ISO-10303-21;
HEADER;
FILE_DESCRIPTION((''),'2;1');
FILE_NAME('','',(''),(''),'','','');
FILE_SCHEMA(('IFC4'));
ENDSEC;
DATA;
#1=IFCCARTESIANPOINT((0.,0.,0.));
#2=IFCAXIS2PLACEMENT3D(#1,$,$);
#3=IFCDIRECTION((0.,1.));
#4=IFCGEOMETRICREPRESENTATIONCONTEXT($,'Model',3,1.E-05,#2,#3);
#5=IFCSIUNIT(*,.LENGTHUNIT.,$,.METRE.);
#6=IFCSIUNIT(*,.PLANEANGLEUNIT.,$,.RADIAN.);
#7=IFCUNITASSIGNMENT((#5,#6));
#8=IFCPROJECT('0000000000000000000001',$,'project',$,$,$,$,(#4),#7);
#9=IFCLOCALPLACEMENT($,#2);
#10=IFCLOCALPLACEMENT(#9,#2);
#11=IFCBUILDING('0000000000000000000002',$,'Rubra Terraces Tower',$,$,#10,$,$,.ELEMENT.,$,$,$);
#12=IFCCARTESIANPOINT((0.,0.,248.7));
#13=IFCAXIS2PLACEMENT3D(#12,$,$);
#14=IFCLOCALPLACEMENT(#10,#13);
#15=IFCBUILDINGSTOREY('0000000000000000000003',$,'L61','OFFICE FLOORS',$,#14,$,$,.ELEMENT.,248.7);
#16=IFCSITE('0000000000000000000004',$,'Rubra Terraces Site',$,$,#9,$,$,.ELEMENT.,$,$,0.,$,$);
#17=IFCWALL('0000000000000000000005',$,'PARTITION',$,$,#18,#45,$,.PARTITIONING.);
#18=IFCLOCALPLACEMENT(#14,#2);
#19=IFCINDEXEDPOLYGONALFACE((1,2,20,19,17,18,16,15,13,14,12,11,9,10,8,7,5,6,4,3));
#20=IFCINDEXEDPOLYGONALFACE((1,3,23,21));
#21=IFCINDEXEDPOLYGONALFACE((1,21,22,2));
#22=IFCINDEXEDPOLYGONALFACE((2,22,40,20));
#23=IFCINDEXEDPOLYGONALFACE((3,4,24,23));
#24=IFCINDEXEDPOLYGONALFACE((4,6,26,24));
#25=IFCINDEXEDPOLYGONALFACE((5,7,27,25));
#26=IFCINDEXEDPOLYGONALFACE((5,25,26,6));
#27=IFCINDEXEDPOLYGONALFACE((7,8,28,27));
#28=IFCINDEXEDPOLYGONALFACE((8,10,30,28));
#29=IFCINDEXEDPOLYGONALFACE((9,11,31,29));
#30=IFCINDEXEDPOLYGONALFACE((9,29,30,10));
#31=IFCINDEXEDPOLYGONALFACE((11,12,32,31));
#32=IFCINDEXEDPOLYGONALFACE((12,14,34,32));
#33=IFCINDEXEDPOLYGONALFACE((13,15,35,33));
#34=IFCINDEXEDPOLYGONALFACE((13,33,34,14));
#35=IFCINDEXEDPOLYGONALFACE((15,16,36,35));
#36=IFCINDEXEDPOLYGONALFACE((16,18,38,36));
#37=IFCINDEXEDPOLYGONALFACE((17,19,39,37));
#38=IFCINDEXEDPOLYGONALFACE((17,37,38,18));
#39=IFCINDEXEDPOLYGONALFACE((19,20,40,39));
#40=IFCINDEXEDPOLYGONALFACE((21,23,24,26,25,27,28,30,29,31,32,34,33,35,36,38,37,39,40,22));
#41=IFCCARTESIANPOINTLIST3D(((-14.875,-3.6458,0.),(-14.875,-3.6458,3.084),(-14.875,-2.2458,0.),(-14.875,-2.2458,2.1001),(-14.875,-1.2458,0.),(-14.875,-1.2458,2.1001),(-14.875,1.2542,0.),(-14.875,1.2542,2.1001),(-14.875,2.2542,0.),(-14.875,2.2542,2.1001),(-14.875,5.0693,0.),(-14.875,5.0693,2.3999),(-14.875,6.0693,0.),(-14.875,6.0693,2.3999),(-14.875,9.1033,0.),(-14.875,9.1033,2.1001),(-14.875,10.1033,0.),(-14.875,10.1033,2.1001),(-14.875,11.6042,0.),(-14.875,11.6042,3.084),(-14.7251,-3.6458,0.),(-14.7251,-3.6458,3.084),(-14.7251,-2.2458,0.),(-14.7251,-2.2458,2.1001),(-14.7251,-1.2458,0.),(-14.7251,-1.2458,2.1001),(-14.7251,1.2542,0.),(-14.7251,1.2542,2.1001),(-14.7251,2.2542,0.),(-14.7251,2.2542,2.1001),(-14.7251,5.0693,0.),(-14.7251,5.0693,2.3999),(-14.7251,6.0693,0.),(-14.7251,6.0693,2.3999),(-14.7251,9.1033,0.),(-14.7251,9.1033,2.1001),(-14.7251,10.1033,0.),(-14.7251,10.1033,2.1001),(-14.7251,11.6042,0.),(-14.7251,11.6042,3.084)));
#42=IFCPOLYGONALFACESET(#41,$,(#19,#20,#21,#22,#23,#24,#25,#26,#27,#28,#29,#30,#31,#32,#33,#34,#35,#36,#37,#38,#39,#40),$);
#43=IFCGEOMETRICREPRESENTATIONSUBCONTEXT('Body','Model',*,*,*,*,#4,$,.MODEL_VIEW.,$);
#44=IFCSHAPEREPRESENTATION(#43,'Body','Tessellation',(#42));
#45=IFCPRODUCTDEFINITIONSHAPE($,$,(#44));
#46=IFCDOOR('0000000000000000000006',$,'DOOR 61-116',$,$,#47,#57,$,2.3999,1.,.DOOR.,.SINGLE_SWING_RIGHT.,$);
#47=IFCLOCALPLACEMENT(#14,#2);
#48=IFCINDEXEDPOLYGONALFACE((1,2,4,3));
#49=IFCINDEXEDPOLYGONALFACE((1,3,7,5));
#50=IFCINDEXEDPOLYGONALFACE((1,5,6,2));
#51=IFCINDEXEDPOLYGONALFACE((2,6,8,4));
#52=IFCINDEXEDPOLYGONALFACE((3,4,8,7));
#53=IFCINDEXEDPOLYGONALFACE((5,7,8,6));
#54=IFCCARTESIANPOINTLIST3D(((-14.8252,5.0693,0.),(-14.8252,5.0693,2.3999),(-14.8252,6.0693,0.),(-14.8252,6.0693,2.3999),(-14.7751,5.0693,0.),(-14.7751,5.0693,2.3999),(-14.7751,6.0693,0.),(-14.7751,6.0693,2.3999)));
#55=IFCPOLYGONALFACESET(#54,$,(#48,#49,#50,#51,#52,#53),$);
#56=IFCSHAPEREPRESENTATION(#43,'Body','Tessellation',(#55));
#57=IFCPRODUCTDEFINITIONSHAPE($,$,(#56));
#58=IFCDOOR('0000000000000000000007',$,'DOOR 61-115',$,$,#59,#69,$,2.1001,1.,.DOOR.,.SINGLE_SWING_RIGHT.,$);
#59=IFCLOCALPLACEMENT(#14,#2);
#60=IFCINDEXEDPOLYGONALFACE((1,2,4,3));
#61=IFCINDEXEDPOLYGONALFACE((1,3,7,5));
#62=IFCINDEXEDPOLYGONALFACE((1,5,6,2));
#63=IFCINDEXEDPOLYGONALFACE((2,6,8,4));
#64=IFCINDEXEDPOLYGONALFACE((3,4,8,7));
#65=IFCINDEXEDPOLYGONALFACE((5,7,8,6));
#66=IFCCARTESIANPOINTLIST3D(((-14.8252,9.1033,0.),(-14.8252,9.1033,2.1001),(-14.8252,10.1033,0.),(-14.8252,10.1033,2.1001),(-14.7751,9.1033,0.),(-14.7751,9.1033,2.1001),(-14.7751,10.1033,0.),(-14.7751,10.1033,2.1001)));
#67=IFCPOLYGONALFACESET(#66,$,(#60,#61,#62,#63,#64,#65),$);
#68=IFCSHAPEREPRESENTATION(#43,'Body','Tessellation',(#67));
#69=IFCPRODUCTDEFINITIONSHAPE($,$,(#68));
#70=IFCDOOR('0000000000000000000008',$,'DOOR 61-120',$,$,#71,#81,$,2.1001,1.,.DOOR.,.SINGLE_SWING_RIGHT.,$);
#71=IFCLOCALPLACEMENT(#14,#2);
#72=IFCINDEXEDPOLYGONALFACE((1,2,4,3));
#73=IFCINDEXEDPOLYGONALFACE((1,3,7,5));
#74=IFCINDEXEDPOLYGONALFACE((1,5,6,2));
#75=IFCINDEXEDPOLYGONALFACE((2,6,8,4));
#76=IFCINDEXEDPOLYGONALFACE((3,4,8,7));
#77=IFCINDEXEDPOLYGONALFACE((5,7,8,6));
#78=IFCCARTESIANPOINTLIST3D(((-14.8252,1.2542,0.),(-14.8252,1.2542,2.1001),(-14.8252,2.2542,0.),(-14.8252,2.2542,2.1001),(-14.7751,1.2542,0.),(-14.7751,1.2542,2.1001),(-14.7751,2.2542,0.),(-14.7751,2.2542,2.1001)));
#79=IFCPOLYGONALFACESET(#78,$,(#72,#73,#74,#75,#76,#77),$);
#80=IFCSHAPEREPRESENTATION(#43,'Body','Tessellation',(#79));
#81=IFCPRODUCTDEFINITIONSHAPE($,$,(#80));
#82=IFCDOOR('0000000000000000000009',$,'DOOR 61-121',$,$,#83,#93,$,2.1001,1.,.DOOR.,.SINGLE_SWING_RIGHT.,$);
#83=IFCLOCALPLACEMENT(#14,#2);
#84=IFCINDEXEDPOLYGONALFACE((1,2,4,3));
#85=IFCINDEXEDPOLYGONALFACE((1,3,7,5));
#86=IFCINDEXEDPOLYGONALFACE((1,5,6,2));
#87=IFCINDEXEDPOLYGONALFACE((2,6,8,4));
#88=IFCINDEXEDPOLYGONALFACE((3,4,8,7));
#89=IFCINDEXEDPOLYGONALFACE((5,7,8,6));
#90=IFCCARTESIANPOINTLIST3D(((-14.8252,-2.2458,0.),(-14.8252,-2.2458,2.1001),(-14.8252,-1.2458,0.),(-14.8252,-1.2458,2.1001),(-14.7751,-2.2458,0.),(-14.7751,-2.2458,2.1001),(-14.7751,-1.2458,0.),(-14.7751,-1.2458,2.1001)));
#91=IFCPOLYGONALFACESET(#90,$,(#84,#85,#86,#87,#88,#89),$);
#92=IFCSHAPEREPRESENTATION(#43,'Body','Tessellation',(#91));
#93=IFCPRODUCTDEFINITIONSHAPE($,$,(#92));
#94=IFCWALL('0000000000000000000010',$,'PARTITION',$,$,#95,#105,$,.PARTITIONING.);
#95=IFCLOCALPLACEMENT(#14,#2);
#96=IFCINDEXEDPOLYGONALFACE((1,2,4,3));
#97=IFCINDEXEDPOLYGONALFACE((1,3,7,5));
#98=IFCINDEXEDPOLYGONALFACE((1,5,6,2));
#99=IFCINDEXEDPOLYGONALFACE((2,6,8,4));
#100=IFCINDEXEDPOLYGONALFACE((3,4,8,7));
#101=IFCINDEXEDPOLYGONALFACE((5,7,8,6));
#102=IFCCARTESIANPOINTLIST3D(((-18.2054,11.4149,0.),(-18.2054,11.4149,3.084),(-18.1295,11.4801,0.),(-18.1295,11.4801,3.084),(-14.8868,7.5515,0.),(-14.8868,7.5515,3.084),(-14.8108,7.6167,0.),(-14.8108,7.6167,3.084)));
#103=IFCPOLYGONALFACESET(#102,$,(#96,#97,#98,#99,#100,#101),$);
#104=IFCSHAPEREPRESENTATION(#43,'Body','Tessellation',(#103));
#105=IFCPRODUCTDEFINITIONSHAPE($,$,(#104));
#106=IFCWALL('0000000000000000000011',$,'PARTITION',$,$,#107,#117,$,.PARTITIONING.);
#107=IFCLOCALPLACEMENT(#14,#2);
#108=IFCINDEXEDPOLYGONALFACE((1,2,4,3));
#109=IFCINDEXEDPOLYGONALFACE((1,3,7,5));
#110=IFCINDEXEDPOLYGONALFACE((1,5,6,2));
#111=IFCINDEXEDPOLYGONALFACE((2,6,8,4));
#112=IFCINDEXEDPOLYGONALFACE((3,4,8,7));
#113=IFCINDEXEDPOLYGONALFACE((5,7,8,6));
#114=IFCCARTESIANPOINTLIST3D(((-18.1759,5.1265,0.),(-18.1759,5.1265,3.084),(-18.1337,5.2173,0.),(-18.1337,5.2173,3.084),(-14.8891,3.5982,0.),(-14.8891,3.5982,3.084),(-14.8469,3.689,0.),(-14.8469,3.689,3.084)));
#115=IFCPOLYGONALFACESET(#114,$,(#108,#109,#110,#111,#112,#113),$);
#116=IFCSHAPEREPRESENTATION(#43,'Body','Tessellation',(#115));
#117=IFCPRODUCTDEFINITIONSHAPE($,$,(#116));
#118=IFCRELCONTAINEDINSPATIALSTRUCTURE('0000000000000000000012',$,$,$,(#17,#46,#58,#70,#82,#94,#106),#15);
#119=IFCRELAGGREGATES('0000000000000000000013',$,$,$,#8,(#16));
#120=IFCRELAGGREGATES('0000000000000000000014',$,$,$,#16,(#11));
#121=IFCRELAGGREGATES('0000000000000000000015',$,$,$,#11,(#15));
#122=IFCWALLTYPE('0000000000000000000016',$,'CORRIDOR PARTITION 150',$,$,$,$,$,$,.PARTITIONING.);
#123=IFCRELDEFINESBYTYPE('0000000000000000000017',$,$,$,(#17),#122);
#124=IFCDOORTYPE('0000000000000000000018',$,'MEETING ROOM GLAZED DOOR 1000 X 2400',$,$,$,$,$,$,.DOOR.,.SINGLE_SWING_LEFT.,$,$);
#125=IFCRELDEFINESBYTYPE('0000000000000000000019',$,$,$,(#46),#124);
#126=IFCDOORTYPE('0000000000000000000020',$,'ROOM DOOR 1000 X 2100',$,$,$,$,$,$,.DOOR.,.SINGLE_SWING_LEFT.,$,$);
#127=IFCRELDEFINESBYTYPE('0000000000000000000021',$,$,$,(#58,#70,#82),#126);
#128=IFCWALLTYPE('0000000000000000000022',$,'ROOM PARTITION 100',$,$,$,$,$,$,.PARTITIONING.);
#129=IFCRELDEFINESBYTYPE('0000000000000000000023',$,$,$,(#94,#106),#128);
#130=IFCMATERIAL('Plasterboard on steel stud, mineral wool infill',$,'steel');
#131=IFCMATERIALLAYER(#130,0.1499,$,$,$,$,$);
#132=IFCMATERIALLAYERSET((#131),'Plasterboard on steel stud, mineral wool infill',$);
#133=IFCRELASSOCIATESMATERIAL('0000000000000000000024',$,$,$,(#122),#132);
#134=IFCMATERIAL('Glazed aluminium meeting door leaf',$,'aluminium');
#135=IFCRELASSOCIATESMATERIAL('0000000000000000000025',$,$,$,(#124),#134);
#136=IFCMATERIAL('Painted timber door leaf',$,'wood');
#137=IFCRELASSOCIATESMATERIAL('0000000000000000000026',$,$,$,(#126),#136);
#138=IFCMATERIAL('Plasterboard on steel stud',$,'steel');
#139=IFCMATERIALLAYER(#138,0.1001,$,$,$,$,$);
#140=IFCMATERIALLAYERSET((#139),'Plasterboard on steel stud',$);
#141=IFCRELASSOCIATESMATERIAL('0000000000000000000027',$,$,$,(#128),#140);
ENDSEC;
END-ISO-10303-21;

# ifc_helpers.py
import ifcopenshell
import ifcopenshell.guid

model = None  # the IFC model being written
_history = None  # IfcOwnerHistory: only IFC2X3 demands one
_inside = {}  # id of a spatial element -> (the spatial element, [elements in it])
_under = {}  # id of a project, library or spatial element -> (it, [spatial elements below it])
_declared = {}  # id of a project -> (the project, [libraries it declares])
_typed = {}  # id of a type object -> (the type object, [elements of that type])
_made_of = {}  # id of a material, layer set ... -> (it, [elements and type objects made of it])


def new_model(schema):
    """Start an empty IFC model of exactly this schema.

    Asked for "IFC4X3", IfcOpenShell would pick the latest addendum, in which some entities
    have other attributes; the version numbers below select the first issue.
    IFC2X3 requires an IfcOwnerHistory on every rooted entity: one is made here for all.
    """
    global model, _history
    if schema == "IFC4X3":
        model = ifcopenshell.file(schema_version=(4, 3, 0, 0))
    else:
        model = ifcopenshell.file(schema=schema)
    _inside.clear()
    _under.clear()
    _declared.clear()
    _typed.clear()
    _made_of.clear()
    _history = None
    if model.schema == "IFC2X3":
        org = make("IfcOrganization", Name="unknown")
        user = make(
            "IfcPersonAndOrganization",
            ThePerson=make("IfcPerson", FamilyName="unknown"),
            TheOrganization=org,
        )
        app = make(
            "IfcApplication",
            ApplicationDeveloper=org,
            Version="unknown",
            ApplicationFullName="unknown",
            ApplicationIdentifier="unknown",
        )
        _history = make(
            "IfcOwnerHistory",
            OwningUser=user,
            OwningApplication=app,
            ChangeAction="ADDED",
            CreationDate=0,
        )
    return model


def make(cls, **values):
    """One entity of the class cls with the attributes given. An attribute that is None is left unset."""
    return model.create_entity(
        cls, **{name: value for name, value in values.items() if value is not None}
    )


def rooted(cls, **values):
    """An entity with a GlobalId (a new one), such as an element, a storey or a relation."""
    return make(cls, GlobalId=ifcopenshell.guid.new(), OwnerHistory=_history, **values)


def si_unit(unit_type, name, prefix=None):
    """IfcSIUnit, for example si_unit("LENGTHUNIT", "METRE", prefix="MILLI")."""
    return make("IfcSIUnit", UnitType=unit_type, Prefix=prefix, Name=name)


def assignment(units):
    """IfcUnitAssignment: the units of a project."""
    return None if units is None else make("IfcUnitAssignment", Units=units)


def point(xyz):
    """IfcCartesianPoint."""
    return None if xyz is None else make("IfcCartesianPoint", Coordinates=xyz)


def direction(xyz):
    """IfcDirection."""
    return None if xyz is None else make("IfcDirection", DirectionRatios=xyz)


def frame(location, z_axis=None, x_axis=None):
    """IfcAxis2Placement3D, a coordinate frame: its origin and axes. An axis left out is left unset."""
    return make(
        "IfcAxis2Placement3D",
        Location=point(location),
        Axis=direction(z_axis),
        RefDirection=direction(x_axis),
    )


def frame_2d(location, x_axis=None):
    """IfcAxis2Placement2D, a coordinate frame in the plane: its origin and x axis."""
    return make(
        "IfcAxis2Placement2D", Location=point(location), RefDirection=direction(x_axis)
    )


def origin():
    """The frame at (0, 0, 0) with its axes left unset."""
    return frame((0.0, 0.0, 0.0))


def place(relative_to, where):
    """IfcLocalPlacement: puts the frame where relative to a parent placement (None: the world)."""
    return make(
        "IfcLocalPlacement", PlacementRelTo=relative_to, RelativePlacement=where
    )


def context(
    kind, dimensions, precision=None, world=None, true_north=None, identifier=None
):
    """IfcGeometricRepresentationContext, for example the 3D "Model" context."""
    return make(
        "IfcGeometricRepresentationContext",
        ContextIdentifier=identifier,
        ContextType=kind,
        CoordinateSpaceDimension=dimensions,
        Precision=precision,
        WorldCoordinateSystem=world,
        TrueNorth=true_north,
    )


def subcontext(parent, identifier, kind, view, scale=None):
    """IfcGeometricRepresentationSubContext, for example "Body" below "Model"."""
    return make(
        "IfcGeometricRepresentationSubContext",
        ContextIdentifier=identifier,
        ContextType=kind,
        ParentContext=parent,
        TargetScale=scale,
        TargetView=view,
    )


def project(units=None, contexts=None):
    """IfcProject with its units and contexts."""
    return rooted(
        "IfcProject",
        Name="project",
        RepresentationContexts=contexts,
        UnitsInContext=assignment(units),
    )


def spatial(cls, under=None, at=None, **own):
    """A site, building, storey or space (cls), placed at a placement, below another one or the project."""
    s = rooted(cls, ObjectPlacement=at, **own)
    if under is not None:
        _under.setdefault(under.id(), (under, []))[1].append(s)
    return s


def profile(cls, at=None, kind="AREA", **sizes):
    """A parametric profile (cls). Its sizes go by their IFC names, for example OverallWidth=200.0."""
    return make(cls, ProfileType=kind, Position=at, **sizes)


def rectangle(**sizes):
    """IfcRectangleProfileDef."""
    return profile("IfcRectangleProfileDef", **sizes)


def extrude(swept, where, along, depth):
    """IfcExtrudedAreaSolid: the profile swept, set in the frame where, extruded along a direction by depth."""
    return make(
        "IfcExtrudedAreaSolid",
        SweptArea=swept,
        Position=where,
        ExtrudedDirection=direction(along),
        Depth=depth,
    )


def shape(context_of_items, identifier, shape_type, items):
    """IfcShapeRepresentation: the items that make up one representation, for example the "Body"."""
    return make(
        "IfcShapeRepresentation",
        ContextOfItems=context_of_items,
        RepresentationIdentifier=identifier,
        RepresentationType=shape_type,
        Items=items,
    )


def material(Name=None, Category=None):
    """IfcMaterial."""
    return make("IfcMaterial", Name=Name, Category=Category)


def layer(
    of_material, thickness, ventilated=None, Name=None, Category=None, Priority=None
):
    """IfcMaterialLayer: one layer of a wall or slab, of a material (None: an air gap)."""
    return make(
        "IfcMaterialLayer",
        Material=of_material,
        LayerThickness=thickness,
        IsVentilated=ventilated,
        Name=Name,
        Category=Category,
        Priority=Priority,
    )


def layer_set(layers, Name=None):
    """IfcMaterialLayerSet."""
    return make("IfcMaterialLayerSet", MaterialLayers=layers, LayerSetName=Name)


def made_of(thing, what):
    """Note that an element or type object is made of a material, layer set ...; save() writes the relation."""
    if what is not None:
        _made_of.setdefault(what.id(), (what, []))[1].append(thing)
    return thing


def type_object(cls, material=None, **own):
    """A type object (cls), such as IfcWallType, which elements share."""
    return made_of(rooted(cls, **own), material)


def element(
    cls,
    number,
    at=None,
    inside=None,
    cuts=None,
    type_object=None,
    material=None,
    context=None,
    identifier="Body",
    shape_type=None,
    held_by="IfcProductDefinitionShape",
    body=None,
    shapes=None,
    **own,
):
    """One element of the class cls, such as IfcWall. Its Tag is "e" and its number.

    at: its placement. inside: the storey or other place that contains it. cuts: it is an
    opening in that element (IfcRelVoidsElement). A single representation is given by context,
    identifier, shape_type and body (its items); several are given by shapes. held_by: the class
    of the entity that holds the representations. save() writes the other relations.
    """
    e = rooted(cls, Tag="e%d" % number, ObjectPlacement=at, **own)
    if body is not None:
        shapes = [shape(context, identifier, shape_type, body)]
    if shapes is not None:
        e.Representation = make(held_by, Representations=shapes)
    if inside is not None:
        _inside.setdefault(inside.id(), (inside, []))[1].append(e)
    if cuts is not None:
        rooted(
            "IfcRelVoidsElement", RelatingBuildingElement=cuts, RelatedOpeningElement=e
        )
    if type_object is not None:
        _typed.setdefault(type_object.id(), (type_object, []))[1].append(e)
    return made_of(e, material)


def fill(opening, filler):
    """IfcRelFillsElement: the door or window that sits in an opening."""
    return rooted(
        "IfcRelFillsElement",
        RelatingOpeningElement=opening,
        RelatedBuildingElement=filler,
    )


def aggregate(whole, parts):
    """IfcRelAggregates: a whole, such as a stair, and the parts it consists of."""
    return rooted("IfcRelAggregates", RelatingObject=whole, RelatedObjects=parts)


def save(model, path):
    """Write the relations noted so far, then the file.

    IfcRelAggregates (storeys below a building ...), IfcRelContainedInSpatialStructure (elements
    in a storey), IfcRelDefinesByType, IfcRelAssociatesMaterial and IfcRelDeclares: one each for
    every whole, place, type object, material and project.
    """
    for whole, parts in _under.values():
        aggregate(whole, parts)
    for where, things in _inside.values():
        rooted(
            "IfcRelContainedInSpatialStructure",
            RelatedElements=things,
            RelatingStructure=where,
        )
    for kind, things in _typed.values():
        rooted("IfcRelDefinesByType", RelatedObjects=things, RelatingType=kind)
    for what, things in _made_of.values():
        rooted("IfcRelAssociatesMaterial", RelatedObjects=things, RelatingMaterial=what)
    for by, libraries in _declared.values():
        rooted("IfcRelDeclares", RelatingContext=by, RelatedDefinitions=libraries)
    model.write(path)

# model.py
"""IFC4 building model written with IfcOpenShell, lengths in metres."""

from ifc_helpers import new_model, si_unit, direction, frame, frame_2d, origin, place, context, subcontext, project, spatial, rectangle, extrude, material, layer, layer_set, type_object, element, fill, save


model = new_model("IFC4")

# Units and contexts
model_context = context("Model", 3, precision=1e-05, world=origin(), true_north=direction((0.0, 1.0)))
body_context = subcontext(model_context, "Body", "Model", "MODEL_VIEW")
ifc_project = project(units=[si_unit("LENGTHUNIT", "METRE"), si_unit("PLANEANGLEUNIT", "RADIAN")], contexts=[model_context])

# Site, building, storey
site_placement = place(None, origin())
site = spatial("IfcSite", under=ifc_project, at=site_placement, Name="Rubra Terraces Site", CompositionType="ELEMENT", RefElevation=0.0)
building_placement = place(site_placement, origin())
building = spatial("IfcBuilding", under=site, at=building_placement, Name="Rubra Terraces Tower", CompositionType="ELEMENT")
storey_placement = place(building_placement, frame((0.0, 0.0, 248.7)))
storey = spatial("IfcBuildingStorey", under=building, at=storey_placement, Name="L61", Description="OFFICE FLOORS", CompositionType="ELEMENT", Elevation=248.7)

# Wall, openings, doors
ifc_material_1 = material(Name="Plasterboard on steel stud, mineral wool infill", Category="steel")
ifc_layer_1 = layer(ifc_material_1, 0.1499)
ifc_layer_set_1 = layer_set([ifc_layer_1], Name="Plasterboard on steel stud, mineral wool infill")
wall_type_1 = type_object("IfcWallType", Name="CORRIDOR PARTITION 150", PredefinedType="PARTITIONING", material=ifc_layer_set_1)
wall_1_placement = place(storey_placement, frame((-14.8, 11.6042, 0.0), z_axis=(0.0, 0.0, 1.0), x_axis=(0.0, -1.0, 0.0)))
wall_1 = element("IfcWall", 1, at=wall_1_placement, inside=storey, type_object=wall_type_1, Name="PARTITION", PredefinedType="PARTITIONING", context=body_context, shape_type="SweptSolid", body=[
    extrude(rectangle(XDim=15.25, YDim=0.1499, at=frame_2d((7.625, 0.0))), origin(), (0.0, 0.0, 1.0), 3.084),
])
opening_1_placement = place(wall_1_placement, frame((1.501, 0.0, 0.0)))
opening_1 = element("IfcOpeningElement", 2, at=opening_1_placement, cuts=wall_1, PredefinedType="OPENING", context=body_context, shape_type="SweptSolid", body=[
    extrude(rectangle(XDim=1.0, YDim=2.1001, at=frame_2d((0.5, 1.05))), frame((0.0, 0.085, 0.0), z_axis=(0.0, -1.0, 0.0), x_axis=(1.0, 0.0, 0.0)), (0.0, 0.0, 1.0), 0.1699),
])
opening_2_placement = place(wall_1_placement, frame((5.5349, 0.0, 0.0)))
opening_2 = element("IfcOpeningElement", 3, at=opening_2_placement, cuts=wall_1, PredefinedType="OPENING", context=body_context, shape_type="SweptSolid", body=[
    extrude(rectangle(XDim=1.0, YDim=2.3999, at=frame_2d((0.5, 1.2))), frame((0.0, 0.085, 0.0), z_axis=(0.0, -1.0, 0.0), x_axis=(1.0, 0.0, 0.0)), (0.0, 0.0, 1.0), 0.1699),
])
opening_3_placement = place(wall_1_placement, frame((9.3501, 0.0, 0.0)))
opening_3 = element("IfcOpeningElement", 4, at=opening_3_placement, cuts=wall_1, PredefinedType="OPENING", context=body_context, shape_type="SweptSolid", body=[
    extrude(rectangle(XDim=1.0, YDim=2.1001, at=frame_2d((0.5, 1.05))), frame((0.0, 0.085, 0.0), z_axis=(0.0, -1.0, 0.0), x_axis=(1.0, 0.0, 0.0)), (0.0, 0.0, 1.0), 0.1699),
])
opening_4_placement = place(wall_1_placement, frame((12.8501, 0.0, 0.0)))
opening_4 = element("IfcOpeningElement", 5, at=opening_4_placement, cuts=wall_1, PredefinedType="OPENING", context=body_context, shape_type="SweptSolid", body=[
    extrude(rectangle(XDim=1.0, YDim=2.1001, at=frame_2d((0.5, 1.05))), frame((0.0, 0.085, 0.0), z_axis=(0.0, -1.0, 0.0), x_axis=(1.0, 0.0, 0.0)), (0.0, 0.0, 1.0), 0.1699),
])
ifc_material_2 = material(Name="Glazed aluminium meeting door leaf", Category="aluminium")
door_type_1 = type_object("IfcDoorType", Name="MEETING ROOM GLAZED DOOR 1000 X 2400", OperationType="SINGLE_SWING_LEFT", PredefinedType="DOOR", material=ifc_material_2)
door_1_placement = place(opening_2_placement, origin())
door_1 = element("IfcDoor", 6, at=door_1_placement, inside=storey, type_object=door_type_1, Name="DOOR 61-116", OperationType="SINGLE_SWING_RIGHT", OverallHeight=2.3999, OverallWidth=1.0, PredefinedType="DOOR", context=body_context, shape_type="SweptSolid", body=[
    extrude(rectangle(XDim=1.0, YDim=2.3999, at=frame_2d((0.5, 1.2))), frame((0.0, 0.0249, 0.0), z_axis=(0.0, -1.0, 0.0), x_axis=(1.0, 0.0, 0.0)), (0.0, 0.0, 1.0), 0.05),
])
fill(opening_2, door_1)
ifc_material_3 = material(Name="Painted timber door leaf", Category="wood")
door_type_2 = type_object("IfcDoorType", Name="ROOM DOOR 1000 X 2100", OperationType="SINGLE_SWING_LEFT", PredefinedType="DOOR", material=ifc_material_3)
door_2_placement = place(opening_1_placement, origin())
door_2 = element("IfcDoor", 7, at=door_2_placement, inside=storey, type_object=door_type_2, Name="DOOR 61-115", OperationType="SINGLE_SWING_RIGHT", OverallHeight=2.1001, OverallWidth=1.0, PredefinedType="DOOR", context=body_context, shape_type="SweptSolid", body=[
    extrude(rectangle(XDim=1.0, YDim=2.1001, at=frame_2d((0.5, 1.05))), frame((0.0, 0.0249, 0.0), z_axis=(0.0, -1.0, 0.0), x_axis=(1.0, 0.0, 0.0)), (0.0, 0.0, 1.0), 0.05),
])
fill(opening_1, door_2)
door_3_placement = place(opening_3_placement, origin())
door_3 = element("IfcDoor", 8, at=door_3_placement, inside=storey, type_object=door_type_2, Name="DOOR 61-120", OperationType="SINGLE_SWING_RIGHT", OverallHeight=2.1001, OverallWidth=1.0, PredefinedType="DOOR", context=body_context, shape_type="SweptSolid", body=[
    extrude(rectangle(XDim=1.0, YDim=2.1001, at=frame_2d((0.5, 1.05))), frame((0.0, 0.0249, 0.0), z_axis=(0.0, -1.0, 0.0), x_axis=(1.0, 0.0, 0.0)), (0.0, 0.0, 1.0), 0.05),
])
fill(opening_3, door_3)
door_4_placement = place(opening_4_placement, origin())
door_4 = element("IfcDoor", 9, at=door_4_placement, inside=storey, type_object=door_type_2, Name="DOOR 61-121", OperationType="SINGLE_SWING_RIGHT", OverallHeight=2.1001, OverallWidth=1.0, PredefinedType="DOOR", context=body_context, shape_type="SweptSolid", body=[
    extrude(rectangle(XDim=1.0, YDim=2.1001, at=frame_2d((0.5, 1.05))), frame((0.0, 0.0249, 0.0), z_axis=(0.0, -1.0, 0.0), x_axis=(1.0, 0.0, 0.0)), (0.0, 0.0, 1.0), 0.05),
])
fill(opening_4, door_4)

# Walls
ifc_material_4 = material(Name="Plasterboard on steel stud", Category="steel")
ifc_layer_2 = layer(ifc_material_4, 0.1001)
ifc_layer_set_2 = layer_set([ifc_layer_2], Name="Plasterboard on steel stud")
wall_type_2 = type_object("IfcWallType", Name="ROOM PARTITION 100", PredefinedType="PARTITIONING", material=ifc_layer_set_2)
wall_2_placement = place(storey_placement, frame((-14.8489, 7.5842, 0.0), z_axis=(0.0, 0.0, 1.0), x_axis=(-0.651608, 0.758556, 0.0)))
element("IfcWall", 10, at=wall_2_placement, inside=storey, type_object=wall_type_2, Name="PARTITION", PredefinedType="PARTITIONING", context=body_context, shape_type="SweptSolid", body=[
    extrude(rectangle(XDim=5.093, YDim=0.1001, at=frame_2d((2.5464, 0.0))), origin(), (0.0, 0.0, 1.0), 3.084),
])
wall_3_placement = place(storey_placement, frame((-14.8679, 3.6436, 0.0), z_axis=(0.0, 0.0, 1.0), x_axis=(-0.906769, 0.421628, 0.0)))
element("IfcWall", 11, at=wall_3_placement, inside=storey, type_object=wall_type_2, Name="PARTITION", PredefinedType="PARTITIONING", context=body_context, shape_type="SweptSolid", body=[
    extrude(rectangle(XDim=3.6248, YDim=0.1001, at=frame_2d((1.8125, 0.0))), origin(), (0.0, 0.0, 1.0), 3.084),
])

save(model, "model.ifc")
